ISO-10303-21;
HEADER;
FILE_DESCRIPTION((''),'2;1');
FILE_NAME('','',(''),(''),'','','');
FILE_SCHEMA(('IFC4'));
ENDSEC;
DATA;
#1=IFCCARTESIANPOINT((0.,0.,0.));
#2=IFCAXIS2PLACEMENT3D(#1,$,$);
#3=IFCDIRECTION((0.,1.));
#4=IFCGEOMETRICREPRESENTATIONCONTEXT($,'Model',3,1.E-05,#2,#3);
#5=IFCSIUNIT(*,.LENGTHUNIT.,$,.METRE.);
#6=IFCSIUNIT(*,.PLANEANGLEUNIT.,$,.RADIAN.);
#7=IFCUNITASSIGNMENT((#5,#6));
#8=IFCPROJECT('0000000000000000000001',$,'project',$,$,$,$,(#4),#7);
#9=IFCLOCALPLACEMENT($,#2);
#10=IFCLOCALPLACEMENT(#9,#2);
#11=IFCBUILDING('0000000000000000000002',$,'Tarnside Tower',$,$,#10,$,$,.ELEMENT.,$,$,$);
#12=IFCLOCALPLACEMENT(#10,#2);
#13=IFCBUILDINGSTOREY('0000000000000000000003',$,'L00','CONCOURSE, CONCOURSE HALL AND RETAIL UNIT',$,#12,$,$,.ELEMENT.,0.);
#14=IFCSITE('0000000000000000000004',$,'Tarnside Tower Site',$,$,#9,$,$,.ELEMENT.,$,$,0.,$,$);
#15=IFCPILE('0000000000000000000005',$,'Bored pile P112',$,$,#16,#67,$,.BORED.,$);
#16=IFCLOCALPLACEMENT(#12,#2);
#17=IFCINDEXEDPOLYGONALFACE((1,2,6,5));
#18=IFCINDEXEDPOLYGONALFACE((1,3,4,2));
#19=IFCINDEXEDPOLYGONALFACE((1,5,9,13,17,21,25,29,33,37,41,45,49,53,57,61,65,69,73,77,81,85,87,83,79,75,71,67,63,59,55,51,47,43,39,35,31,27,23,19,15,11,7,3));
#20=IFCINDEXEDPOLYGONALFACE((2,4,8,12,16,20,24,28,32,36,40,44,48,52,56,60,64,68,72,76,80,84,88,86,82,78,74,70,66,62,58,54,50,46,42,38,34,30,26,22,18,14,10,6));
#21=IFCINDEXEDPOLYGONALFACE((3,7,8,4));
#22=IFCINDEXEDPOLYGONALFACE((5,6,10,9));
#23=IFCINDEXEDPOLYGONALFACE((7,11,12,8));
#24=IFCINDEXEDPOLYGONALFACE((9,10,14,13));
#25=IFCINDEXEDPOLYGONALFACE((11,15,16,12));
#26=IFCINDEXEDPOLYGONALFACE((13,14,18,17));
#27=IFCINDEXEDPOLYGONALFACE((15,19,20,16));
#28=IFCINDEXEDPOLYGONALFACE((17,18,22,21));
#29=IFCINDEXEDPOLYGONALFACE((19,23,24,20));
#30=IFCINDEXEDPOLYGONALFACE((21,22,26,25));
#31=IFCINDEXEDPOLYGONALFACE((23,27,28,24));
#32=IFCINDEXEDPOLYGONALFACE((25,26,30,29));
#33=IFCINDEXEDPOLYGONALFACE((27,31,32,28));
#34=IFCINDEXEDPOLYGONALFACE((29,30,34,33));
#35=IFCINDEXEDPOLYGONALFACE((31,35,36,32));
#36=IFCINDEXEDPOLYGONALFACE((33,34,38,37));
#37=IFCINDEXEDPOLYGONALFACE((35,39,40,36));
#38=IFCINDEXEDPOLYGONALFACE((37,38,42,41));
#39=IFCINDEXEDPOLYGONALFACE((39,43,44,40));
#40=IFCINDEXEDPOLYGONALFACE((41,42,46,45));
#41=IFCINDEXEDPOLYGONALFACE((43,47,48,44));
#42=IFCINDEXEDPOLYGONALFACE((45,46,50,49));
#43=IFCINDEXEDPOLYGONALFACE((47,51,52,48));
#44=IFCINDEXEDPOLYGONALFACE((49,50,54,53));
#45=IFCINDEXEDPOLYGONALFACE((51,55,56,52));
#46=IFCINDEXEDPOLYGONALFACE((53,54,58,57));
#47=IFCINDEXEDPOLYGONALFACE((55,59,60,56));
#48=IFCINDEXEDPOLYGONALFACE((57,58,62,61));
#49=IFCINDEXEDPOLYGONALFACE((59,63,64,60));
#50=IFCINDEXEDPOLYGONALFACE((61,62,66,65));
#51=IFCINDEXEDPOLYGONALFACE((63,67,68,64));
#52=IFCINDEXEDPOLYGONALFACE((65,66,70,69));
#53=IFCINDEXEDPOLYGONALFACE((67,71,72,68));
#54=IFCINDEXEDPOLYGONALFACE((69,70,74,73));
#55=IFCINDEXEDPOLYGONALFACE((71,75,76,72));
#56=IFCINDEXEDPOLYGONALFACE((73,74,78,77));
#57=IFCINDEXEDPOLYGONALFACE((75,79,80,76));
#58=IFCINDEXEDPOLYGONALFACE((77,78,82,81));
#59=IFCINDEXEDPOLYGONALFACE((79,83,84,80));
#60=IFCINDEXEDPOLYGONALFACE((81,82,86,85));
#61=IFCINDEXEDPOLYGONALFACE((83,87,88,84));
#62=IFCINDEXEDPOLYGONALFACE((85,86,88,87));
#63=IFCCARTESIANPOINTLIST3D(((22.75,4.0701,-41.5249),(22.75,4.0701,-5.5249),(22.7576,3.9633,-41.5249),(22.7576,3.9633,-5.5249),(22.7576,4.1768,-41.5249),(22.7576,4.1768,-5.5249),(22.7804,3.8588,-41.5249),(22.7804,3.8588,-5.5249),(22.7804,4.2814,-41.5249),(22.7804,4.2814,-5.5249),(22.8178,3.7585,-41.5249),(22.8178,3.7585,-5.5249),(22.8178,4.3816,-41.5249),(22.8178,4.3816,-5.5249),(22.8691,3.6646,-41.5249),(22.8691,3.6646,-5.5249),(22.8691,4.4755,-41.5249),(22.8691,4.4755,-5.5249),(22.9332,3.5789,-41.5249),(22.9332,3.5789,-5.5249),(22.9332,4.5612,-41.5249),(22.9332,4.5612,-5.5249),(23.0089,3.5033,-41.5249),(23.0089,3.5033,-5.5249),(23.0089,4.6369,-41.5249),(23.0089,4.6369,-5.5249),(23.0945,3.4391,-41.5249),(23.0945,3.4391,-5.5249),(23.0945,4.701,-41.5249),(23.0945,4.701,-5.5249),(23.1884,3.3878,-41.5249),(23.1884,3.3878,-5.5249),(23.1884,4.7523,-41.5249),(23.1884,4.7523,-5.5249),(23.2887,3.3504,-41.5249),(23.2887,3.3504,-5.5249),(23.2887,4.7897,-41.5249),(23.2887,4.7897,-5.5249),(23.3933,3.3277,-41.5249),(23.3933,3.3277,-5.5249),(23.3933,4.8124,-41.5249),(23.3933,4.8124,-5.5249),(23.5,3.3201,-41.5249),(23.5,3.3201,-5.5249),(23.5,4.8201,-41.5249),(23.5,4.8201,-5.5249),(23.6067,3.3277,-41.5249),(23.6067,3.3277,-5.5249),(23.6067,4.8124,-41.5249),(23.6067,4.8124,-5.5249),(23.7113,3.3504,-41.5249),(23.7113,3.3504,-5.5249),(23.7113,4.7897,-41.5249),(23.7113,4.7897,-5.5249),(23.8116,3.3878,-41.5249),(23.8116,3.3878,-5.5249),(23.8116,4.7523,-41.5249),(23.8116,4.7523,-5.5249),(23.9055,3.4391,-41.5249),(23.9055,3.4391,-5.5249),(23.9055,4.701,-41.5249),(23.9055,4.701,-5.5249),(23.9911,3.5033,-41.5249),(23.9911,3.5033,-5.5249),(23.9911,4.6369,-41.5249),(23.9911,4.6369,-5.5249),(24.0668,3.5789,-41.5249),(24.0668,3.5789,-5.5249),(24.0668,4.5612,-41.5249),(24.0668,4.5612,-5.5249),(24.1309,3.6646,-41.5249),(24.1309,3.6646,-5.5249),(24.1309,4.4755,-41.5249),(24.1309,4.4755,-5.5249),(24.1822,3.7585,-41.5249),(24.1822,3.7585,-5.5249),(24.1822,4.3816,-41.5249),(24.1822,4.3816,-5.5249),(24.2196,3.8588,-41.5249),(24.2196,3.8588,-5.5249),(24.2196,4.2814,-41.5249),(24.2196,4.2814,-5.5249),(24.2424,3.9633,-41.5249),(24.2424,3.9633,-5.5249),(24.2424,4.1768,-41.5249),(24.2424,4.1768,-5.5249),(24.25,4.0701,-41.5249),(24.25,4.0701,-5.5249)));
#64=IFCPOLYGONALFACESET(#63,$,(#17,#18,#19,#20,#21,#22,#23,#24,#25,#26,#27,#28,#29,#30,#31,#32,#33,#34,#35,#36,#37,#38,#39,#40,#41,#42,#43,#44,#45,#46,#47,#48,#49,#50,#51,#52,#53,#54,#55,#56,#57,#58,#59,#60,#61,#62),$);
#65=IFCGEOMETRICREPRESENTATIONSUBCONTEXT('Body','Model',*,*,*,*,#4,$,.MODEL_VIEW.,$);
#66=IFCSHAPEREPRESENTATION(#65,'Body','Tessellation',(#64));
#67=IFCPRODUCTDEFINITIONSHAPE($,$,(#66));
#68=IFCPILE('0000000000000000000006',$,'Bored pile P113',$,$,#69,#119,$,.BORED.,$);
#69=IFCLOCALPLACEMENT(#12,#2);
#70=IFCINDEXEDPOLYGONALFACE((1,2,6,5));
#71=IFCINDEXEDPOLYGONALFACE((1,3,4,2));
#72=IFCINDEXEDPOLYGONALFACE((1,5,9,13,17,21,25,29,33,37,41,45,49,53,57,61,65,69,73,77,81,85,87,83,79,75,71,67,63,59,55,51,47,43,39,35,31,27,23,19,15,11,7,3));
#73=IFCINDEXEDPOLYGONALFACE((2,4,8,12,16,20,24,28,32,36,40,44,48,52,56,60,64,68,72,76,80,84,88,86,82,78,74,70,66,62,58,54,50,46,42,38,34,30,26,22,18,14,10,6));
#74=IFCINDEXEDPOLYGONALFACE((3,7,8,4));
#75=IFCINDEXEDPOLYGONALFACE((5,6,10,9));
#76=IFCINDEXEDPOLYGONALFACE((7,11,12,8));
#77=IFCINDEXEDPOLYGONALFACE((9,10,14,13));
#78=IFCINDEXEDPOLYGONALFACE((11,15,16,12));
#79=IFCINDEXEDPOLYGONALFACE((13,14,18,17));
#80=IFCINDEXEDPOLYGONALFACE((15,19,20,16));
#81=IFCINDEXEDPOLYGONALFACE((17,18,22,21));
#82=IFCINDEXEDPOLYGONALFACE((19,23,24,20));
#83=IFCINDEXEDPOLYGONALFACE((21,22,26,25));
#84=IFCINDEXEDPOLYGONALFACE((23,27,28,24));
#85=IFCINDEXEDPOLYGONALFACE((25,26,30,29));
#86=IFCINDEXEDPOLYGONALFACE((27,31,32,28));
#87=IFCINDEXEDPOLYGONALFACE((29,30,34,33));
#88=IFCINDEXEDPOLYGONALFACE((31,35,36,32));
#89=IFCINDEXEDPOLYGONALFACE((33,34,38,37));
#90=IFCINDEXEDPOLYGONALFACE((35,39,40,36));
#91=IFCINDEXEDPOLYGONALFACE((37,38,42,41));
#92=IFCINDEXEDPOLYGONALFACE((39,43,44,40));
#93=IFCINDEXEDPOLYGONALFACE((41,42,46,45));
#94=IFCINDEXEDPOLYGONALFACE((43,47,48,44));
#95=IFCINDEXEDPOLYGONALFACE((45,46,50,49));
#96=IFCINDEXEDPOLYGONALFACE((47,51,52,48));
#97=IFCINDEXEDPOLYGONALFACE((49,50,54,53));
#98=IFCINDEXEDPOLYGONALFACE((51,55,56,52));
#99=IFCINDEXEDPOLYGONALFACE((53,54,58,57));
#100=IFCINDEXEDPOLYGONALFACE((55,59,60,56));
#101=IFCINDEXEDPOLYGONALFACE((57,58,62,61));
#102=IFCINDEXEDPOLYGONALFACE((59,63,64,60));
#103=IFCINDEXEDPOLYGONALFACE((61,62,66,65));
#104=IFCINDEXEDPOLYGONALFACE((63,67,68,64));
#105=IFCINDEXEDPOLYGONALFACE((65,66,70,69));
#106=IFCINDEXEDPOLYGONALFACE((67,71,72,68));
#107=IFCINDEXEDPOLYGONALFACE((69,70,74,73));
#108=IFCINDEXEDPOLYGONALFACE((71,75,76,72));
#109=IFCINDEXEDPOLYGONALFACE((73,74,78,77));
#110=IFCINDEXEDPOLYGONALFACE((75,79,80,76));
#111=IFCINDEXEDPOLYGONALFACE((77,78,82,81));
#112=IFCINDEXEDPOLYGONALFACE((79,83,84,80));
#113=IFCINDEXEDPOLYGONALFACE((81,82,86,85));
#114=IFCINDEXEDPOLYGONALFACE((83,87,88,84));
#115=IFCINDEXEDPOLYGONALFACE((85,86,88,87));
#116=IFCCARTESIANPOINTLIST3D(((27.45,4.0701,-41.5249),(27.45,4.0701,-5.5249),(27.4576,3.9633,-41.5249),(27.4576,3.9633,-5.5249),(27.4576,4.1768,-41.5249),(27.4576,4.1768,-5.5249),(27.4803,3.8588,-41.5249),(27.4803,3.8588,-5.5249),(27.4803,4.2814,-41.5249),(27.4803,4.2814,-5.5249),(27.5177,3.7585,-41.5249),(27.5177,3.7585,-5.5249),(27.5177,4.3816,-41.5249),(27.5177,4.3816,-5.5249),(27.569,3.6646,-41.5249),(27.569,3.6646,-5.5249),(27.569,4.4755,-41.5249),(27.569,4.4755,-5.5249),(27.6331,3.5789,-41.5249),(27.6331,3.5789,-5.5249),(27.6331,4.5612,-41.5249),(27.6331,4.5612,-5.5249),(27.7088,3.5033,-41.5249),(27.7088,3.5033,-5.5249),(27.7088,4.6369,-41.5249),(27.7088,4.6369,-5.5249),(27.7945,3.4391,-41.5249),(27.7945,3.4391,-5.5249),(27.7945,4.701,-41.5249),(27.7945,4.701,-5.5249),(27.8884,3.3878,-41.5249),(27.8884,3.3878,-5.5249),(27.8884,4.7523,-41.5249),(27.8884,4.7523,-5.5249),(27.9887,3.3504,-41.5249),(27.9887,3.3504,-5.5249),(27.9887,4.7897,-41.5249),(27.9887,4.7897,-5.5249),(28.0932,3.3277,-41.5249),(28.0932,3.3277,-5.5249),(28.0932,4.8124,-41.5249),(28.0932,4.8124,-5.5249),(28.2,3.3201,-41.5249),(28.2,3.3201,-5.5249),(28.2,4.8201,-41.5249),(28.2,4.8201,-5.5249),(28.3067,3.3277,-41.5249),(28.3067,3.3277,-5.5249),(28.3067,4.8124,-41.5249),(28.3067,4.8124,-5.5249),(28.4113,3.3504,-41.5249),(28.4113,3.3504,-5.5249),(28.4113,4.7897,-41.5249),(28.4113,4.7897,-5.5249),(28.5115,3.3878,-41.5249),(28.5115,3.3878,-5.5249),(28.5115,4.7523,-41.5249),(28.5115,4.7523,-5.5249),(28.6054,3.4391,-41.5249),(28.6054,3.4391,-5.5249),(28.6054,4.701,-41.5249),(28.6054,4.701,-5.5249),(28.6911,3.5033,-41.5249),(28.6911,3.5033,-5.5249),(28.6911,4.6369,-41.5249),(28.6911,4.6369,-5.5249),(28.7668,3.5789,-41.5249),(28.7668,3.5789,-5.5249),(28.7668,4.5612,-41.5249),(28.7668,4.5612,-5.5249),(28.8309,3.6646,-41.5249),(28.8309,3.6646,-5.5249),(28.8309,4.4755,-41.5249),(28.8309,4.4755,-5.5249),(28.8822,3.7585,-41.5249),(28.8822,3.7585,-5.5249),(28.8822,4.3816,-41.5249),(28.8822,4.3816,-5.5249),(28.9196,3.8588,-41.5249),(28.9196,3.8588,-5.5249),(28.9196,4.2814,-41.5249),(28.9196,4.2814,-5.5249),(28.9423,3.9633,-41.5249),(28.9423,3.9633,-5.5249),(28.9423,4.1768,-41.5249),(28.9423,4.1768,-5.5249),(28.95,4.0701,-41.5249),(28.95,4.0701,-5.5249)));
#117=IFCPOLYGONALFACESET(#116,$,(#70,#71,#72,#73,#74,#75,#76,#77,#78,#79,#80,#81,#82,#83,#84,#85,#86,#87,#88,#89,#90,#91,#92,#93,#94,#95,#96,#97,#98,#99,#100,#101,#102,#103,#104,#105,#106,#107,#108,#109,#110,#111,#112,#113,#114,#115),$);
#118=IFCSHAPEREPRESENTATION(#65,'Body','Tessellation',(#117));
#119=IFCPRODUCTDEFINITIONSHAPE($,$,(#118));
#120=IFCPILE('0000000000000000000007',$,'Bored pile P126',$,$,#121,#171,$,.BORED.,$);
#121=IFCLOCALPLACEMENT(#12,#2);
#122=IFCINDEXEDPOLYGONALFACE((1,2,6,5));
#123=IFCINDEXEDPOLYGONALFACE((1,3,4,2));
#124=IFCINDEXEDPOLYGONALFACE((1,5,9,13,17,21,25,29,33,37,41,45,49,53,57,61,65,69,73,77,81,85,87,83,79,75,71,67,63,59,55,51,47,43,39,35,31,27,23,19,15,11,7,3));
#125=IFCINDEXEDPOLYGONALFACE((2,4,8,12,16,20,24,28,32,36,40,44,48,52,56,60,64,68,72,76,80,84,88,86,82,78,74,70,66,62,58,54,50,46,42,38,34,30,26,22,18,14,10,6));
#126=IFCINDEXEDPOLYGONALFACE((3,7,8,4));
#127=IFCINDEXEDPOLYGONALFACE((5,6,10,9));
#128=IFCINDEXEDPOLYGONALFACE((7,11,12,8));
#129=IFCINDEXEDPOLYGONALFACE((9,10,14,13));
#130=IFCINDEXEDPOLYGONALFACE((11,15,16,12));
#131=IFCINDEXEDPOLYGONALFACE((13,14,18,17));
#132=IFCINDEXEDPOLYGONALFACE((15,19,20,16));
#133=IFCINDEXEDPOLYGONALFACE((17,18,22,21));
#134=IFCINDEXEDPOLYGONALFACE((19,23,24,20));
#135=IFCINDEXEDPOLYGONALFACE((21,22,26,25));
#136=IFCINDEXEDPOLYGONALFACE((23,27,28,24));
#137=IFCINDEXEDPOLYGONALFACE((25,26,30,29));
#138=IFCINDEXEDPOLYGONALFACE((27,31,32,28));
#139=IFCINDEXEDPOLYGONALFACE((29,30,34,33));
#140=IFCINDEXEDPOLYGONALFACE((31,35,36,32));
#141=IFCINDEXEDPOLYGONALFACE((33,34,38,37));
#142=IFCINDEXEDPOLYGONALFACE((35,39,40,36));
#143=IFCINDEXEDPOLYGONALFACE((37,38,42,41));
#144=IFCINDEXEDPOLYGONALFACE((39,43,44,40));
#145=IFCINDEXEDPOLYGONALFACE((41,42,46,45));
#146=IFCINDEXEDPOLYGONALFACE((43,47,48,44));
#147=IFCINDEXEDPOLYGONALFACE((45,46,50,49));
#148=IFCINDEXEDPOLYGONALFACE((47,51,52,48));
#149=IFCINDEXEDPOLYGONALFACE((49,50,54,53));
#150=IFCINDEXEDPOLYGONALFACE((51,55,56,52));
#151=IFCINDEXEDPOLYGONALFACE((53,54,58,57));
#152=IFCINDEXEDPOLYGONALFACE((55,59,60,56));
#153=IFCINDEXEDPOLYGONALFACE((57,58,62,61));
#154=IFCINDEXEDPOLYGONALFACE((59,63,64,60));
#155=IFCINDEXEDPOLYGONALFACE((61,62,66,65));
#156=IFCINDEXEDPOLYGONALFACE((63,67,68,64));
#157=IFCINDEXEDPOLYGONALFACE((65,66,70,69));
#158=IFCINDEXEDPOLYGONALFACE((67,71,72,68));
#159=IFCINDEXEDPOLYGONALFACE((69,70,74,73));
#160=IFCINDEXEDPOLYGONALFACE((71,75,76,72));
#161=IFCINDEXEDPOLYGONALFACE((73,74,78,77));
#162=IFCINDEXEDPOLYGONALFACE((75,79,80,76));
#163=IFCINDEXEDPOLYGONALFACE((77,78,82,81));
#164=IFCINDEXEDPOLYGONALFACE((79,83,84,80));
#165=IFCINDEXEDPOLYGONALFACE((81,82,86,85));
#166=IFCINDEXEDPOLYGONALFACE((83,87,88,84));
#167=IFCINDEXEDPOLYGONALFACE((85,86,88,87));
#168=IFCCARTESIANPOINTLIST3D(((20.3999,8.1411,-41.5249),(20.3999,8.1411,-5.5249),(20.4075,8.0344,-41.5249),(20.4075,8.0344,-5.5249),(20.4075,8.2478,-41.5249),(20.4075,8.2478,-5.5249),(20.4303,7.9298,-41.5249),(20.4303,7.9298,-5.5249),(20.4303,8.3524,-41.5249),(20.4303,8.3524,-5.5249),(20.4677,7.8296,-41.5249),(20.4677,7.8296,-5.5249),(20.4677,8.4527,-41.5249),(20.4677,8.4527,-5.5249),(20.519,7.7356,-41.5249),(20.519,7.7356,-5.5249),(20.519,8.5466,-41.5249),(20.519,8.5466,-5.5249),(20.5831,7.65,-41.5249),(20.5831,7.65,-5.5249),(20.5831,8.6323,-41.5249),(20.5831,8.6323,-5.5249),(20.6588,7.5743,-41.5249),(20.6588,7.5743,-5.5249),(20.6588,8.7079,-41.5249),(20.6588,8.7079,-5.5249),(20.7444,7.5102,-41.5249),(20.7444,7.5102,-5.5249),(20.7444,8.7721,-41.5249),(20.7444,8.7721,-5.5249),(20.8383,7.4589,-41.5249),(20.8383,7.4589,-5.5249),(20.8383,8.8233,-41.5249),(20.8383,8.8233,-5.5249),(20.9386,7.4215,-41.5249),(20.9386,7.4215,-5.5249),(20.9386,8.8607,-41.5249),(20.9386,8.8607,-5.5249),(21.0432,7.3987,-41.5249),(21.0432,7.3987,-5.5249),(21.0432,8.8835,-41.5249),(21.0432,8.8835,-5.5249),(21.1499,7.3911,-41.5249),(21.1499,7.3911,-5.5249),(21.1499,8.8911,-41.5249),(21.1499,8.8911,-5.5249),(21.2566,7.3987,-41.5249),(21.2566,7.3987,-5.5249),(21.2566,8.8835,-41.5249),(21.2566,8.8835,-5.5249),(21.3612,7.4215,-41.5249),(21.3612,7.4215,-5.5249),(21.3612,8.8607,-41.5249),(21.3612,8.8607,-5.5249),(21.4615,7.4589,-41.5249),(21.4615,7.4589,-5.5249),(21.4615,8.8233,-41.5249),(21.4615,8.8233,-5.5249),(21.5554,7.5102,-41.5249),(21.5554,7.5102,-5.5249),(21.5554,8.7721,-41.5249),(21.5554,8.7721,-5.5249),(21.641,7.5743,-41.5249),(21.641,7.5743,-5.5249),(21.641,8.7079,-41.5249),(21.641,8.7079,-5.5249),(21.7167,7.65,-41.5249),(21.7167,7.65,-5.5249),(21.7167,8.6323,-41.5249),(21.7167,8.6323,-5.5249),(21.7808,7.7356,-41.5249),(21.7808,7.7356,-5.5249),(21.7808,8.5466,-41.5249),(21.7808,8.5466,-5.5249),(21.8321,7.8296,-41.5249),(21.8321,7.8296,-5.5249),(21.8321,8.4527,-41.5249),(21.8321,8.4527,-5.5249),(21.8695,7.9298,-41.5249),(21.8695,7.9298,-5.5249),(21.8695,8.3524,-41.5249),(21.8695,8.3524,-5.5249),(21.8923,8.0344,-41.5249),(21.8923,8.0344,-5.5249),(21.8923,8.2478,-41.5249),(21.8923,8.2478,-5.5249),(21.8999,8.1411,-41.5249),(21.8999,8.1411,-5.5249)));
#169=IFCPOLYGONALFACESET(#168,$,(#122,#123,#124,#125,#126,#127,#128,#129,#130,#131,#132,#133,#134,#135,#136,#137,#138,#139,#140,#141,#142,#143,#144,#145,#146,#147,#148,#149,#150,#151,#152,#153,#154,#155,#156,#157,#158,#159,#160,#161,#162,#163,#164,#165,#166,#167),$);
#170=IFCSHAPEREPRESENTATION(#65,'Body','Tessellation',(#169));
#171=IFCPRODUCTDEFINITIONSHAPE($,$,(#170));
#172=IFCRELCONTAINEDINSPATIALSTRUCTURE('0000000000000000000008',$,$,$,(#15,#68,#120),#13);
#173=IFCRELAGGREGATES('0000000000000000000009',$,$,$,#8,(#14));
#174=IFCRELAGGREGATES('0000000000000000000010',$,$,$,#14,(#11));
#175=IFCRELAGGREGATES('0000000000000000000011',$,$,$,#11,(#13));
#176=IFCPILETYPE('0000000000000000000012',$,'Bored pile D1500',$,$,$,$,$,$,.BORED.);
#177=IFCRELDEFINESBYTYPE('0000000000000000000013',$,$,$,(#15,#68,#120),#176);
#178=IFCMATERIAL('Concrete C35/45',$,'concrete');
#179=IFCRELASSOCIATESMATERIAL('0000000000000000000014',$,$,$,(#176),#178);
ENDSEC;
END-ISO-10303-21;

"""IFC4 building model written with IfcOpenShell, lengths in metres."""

from ifc_helpers import new_model, si_unit, direction, frame, origin, origin_2d, place, context, subcontext, project, spatial, circle, extrude, material, material_profile, profile_set, type_object, element, save


model = new_model("IFC4")

# Units and contexts
model_context = context("Model", 3, precision=1e-05, world=origin(), true_north=direction((0.0, 1.0)))
body_context = subcontext(model_context, "Body", "Model", "MODEL_VIEW")
ifc_project = project(units=[si_unit("LENGTHUNIT", "METRE"), si_unit("PLANEANGLEUNIT", "RADIAN")], contexts=[model_context])

# Site, building, storey
site_placement = place(None, origin())
site = spatial("IfcSite", under=ifc_project, at=site_placement, Name="Tarnside Tower Site", CompositionType="ELEMENT", RefElevation=0.0)
building_placement = place(site_placement, origin())
building = spatial("IfcBuilding", under=site, at=building_placement, Name="Tarnside Tower", CompositionType="ELEMENT")
storey_placement = place(building_placement, origin())
storey = spatial("IfcBuildingStorey", under=building, at=storey_placement, Name="L00", Description="CONCOURSE, CONCOURSE HALL AND RETAIL UNIT", CompositionType="ELEMENT", Elevation=0.0)

# Piles
ifc_material_1 = material(Name="Concrete C35/45", Category="concrete")
ifc_material_profile_1 = material_profile(ifc_material_1, circle(Radius=0.75, at=origin_2d()), Name="Bored pile D1500")
ifc_profile_set_1 = profile_set([ifc_material_profile_1], Name="Concrete C35/45")
pile_type = type_object("IfcPileType", Name="Bored pile D1500", PredefinedType="BORED", material=ifc_profile_set_1)
for number, where, z_axis, x_axis, name in (
    (1, (23.5, 4.0701, -5.5249), (0.0, 0.0, -1.0), (1.0, 0.0, 0.0), "Bored pile P112"),
    (2, (28.2, 4.0701, -5.5249), (0.0, 0.0, -1.0), (1.0, 0.0, 0.0), "Bored pile P113"),
    (3, (21.1499, 8.1411, -5.5249), (0.0, 0.0, -1.0), (1.0, 0.0, 0.0), "Bored pile P126"),
):
    element("IfcPile", number, at=place(storey_placement, frame(where, z_axis=z_axis, x_axis=x_axis)), inside=storey, type_object=pile_type, Name=name, PredefinedType="BORED", context=body_context, shape_type="SweptSolid", body=[
        extrude(circle(Radius=0.75, at=origin_2d()), origin(), (0.0, 0.0, 1.0), 36.0),
    ])

save(model, "model.ifc")
